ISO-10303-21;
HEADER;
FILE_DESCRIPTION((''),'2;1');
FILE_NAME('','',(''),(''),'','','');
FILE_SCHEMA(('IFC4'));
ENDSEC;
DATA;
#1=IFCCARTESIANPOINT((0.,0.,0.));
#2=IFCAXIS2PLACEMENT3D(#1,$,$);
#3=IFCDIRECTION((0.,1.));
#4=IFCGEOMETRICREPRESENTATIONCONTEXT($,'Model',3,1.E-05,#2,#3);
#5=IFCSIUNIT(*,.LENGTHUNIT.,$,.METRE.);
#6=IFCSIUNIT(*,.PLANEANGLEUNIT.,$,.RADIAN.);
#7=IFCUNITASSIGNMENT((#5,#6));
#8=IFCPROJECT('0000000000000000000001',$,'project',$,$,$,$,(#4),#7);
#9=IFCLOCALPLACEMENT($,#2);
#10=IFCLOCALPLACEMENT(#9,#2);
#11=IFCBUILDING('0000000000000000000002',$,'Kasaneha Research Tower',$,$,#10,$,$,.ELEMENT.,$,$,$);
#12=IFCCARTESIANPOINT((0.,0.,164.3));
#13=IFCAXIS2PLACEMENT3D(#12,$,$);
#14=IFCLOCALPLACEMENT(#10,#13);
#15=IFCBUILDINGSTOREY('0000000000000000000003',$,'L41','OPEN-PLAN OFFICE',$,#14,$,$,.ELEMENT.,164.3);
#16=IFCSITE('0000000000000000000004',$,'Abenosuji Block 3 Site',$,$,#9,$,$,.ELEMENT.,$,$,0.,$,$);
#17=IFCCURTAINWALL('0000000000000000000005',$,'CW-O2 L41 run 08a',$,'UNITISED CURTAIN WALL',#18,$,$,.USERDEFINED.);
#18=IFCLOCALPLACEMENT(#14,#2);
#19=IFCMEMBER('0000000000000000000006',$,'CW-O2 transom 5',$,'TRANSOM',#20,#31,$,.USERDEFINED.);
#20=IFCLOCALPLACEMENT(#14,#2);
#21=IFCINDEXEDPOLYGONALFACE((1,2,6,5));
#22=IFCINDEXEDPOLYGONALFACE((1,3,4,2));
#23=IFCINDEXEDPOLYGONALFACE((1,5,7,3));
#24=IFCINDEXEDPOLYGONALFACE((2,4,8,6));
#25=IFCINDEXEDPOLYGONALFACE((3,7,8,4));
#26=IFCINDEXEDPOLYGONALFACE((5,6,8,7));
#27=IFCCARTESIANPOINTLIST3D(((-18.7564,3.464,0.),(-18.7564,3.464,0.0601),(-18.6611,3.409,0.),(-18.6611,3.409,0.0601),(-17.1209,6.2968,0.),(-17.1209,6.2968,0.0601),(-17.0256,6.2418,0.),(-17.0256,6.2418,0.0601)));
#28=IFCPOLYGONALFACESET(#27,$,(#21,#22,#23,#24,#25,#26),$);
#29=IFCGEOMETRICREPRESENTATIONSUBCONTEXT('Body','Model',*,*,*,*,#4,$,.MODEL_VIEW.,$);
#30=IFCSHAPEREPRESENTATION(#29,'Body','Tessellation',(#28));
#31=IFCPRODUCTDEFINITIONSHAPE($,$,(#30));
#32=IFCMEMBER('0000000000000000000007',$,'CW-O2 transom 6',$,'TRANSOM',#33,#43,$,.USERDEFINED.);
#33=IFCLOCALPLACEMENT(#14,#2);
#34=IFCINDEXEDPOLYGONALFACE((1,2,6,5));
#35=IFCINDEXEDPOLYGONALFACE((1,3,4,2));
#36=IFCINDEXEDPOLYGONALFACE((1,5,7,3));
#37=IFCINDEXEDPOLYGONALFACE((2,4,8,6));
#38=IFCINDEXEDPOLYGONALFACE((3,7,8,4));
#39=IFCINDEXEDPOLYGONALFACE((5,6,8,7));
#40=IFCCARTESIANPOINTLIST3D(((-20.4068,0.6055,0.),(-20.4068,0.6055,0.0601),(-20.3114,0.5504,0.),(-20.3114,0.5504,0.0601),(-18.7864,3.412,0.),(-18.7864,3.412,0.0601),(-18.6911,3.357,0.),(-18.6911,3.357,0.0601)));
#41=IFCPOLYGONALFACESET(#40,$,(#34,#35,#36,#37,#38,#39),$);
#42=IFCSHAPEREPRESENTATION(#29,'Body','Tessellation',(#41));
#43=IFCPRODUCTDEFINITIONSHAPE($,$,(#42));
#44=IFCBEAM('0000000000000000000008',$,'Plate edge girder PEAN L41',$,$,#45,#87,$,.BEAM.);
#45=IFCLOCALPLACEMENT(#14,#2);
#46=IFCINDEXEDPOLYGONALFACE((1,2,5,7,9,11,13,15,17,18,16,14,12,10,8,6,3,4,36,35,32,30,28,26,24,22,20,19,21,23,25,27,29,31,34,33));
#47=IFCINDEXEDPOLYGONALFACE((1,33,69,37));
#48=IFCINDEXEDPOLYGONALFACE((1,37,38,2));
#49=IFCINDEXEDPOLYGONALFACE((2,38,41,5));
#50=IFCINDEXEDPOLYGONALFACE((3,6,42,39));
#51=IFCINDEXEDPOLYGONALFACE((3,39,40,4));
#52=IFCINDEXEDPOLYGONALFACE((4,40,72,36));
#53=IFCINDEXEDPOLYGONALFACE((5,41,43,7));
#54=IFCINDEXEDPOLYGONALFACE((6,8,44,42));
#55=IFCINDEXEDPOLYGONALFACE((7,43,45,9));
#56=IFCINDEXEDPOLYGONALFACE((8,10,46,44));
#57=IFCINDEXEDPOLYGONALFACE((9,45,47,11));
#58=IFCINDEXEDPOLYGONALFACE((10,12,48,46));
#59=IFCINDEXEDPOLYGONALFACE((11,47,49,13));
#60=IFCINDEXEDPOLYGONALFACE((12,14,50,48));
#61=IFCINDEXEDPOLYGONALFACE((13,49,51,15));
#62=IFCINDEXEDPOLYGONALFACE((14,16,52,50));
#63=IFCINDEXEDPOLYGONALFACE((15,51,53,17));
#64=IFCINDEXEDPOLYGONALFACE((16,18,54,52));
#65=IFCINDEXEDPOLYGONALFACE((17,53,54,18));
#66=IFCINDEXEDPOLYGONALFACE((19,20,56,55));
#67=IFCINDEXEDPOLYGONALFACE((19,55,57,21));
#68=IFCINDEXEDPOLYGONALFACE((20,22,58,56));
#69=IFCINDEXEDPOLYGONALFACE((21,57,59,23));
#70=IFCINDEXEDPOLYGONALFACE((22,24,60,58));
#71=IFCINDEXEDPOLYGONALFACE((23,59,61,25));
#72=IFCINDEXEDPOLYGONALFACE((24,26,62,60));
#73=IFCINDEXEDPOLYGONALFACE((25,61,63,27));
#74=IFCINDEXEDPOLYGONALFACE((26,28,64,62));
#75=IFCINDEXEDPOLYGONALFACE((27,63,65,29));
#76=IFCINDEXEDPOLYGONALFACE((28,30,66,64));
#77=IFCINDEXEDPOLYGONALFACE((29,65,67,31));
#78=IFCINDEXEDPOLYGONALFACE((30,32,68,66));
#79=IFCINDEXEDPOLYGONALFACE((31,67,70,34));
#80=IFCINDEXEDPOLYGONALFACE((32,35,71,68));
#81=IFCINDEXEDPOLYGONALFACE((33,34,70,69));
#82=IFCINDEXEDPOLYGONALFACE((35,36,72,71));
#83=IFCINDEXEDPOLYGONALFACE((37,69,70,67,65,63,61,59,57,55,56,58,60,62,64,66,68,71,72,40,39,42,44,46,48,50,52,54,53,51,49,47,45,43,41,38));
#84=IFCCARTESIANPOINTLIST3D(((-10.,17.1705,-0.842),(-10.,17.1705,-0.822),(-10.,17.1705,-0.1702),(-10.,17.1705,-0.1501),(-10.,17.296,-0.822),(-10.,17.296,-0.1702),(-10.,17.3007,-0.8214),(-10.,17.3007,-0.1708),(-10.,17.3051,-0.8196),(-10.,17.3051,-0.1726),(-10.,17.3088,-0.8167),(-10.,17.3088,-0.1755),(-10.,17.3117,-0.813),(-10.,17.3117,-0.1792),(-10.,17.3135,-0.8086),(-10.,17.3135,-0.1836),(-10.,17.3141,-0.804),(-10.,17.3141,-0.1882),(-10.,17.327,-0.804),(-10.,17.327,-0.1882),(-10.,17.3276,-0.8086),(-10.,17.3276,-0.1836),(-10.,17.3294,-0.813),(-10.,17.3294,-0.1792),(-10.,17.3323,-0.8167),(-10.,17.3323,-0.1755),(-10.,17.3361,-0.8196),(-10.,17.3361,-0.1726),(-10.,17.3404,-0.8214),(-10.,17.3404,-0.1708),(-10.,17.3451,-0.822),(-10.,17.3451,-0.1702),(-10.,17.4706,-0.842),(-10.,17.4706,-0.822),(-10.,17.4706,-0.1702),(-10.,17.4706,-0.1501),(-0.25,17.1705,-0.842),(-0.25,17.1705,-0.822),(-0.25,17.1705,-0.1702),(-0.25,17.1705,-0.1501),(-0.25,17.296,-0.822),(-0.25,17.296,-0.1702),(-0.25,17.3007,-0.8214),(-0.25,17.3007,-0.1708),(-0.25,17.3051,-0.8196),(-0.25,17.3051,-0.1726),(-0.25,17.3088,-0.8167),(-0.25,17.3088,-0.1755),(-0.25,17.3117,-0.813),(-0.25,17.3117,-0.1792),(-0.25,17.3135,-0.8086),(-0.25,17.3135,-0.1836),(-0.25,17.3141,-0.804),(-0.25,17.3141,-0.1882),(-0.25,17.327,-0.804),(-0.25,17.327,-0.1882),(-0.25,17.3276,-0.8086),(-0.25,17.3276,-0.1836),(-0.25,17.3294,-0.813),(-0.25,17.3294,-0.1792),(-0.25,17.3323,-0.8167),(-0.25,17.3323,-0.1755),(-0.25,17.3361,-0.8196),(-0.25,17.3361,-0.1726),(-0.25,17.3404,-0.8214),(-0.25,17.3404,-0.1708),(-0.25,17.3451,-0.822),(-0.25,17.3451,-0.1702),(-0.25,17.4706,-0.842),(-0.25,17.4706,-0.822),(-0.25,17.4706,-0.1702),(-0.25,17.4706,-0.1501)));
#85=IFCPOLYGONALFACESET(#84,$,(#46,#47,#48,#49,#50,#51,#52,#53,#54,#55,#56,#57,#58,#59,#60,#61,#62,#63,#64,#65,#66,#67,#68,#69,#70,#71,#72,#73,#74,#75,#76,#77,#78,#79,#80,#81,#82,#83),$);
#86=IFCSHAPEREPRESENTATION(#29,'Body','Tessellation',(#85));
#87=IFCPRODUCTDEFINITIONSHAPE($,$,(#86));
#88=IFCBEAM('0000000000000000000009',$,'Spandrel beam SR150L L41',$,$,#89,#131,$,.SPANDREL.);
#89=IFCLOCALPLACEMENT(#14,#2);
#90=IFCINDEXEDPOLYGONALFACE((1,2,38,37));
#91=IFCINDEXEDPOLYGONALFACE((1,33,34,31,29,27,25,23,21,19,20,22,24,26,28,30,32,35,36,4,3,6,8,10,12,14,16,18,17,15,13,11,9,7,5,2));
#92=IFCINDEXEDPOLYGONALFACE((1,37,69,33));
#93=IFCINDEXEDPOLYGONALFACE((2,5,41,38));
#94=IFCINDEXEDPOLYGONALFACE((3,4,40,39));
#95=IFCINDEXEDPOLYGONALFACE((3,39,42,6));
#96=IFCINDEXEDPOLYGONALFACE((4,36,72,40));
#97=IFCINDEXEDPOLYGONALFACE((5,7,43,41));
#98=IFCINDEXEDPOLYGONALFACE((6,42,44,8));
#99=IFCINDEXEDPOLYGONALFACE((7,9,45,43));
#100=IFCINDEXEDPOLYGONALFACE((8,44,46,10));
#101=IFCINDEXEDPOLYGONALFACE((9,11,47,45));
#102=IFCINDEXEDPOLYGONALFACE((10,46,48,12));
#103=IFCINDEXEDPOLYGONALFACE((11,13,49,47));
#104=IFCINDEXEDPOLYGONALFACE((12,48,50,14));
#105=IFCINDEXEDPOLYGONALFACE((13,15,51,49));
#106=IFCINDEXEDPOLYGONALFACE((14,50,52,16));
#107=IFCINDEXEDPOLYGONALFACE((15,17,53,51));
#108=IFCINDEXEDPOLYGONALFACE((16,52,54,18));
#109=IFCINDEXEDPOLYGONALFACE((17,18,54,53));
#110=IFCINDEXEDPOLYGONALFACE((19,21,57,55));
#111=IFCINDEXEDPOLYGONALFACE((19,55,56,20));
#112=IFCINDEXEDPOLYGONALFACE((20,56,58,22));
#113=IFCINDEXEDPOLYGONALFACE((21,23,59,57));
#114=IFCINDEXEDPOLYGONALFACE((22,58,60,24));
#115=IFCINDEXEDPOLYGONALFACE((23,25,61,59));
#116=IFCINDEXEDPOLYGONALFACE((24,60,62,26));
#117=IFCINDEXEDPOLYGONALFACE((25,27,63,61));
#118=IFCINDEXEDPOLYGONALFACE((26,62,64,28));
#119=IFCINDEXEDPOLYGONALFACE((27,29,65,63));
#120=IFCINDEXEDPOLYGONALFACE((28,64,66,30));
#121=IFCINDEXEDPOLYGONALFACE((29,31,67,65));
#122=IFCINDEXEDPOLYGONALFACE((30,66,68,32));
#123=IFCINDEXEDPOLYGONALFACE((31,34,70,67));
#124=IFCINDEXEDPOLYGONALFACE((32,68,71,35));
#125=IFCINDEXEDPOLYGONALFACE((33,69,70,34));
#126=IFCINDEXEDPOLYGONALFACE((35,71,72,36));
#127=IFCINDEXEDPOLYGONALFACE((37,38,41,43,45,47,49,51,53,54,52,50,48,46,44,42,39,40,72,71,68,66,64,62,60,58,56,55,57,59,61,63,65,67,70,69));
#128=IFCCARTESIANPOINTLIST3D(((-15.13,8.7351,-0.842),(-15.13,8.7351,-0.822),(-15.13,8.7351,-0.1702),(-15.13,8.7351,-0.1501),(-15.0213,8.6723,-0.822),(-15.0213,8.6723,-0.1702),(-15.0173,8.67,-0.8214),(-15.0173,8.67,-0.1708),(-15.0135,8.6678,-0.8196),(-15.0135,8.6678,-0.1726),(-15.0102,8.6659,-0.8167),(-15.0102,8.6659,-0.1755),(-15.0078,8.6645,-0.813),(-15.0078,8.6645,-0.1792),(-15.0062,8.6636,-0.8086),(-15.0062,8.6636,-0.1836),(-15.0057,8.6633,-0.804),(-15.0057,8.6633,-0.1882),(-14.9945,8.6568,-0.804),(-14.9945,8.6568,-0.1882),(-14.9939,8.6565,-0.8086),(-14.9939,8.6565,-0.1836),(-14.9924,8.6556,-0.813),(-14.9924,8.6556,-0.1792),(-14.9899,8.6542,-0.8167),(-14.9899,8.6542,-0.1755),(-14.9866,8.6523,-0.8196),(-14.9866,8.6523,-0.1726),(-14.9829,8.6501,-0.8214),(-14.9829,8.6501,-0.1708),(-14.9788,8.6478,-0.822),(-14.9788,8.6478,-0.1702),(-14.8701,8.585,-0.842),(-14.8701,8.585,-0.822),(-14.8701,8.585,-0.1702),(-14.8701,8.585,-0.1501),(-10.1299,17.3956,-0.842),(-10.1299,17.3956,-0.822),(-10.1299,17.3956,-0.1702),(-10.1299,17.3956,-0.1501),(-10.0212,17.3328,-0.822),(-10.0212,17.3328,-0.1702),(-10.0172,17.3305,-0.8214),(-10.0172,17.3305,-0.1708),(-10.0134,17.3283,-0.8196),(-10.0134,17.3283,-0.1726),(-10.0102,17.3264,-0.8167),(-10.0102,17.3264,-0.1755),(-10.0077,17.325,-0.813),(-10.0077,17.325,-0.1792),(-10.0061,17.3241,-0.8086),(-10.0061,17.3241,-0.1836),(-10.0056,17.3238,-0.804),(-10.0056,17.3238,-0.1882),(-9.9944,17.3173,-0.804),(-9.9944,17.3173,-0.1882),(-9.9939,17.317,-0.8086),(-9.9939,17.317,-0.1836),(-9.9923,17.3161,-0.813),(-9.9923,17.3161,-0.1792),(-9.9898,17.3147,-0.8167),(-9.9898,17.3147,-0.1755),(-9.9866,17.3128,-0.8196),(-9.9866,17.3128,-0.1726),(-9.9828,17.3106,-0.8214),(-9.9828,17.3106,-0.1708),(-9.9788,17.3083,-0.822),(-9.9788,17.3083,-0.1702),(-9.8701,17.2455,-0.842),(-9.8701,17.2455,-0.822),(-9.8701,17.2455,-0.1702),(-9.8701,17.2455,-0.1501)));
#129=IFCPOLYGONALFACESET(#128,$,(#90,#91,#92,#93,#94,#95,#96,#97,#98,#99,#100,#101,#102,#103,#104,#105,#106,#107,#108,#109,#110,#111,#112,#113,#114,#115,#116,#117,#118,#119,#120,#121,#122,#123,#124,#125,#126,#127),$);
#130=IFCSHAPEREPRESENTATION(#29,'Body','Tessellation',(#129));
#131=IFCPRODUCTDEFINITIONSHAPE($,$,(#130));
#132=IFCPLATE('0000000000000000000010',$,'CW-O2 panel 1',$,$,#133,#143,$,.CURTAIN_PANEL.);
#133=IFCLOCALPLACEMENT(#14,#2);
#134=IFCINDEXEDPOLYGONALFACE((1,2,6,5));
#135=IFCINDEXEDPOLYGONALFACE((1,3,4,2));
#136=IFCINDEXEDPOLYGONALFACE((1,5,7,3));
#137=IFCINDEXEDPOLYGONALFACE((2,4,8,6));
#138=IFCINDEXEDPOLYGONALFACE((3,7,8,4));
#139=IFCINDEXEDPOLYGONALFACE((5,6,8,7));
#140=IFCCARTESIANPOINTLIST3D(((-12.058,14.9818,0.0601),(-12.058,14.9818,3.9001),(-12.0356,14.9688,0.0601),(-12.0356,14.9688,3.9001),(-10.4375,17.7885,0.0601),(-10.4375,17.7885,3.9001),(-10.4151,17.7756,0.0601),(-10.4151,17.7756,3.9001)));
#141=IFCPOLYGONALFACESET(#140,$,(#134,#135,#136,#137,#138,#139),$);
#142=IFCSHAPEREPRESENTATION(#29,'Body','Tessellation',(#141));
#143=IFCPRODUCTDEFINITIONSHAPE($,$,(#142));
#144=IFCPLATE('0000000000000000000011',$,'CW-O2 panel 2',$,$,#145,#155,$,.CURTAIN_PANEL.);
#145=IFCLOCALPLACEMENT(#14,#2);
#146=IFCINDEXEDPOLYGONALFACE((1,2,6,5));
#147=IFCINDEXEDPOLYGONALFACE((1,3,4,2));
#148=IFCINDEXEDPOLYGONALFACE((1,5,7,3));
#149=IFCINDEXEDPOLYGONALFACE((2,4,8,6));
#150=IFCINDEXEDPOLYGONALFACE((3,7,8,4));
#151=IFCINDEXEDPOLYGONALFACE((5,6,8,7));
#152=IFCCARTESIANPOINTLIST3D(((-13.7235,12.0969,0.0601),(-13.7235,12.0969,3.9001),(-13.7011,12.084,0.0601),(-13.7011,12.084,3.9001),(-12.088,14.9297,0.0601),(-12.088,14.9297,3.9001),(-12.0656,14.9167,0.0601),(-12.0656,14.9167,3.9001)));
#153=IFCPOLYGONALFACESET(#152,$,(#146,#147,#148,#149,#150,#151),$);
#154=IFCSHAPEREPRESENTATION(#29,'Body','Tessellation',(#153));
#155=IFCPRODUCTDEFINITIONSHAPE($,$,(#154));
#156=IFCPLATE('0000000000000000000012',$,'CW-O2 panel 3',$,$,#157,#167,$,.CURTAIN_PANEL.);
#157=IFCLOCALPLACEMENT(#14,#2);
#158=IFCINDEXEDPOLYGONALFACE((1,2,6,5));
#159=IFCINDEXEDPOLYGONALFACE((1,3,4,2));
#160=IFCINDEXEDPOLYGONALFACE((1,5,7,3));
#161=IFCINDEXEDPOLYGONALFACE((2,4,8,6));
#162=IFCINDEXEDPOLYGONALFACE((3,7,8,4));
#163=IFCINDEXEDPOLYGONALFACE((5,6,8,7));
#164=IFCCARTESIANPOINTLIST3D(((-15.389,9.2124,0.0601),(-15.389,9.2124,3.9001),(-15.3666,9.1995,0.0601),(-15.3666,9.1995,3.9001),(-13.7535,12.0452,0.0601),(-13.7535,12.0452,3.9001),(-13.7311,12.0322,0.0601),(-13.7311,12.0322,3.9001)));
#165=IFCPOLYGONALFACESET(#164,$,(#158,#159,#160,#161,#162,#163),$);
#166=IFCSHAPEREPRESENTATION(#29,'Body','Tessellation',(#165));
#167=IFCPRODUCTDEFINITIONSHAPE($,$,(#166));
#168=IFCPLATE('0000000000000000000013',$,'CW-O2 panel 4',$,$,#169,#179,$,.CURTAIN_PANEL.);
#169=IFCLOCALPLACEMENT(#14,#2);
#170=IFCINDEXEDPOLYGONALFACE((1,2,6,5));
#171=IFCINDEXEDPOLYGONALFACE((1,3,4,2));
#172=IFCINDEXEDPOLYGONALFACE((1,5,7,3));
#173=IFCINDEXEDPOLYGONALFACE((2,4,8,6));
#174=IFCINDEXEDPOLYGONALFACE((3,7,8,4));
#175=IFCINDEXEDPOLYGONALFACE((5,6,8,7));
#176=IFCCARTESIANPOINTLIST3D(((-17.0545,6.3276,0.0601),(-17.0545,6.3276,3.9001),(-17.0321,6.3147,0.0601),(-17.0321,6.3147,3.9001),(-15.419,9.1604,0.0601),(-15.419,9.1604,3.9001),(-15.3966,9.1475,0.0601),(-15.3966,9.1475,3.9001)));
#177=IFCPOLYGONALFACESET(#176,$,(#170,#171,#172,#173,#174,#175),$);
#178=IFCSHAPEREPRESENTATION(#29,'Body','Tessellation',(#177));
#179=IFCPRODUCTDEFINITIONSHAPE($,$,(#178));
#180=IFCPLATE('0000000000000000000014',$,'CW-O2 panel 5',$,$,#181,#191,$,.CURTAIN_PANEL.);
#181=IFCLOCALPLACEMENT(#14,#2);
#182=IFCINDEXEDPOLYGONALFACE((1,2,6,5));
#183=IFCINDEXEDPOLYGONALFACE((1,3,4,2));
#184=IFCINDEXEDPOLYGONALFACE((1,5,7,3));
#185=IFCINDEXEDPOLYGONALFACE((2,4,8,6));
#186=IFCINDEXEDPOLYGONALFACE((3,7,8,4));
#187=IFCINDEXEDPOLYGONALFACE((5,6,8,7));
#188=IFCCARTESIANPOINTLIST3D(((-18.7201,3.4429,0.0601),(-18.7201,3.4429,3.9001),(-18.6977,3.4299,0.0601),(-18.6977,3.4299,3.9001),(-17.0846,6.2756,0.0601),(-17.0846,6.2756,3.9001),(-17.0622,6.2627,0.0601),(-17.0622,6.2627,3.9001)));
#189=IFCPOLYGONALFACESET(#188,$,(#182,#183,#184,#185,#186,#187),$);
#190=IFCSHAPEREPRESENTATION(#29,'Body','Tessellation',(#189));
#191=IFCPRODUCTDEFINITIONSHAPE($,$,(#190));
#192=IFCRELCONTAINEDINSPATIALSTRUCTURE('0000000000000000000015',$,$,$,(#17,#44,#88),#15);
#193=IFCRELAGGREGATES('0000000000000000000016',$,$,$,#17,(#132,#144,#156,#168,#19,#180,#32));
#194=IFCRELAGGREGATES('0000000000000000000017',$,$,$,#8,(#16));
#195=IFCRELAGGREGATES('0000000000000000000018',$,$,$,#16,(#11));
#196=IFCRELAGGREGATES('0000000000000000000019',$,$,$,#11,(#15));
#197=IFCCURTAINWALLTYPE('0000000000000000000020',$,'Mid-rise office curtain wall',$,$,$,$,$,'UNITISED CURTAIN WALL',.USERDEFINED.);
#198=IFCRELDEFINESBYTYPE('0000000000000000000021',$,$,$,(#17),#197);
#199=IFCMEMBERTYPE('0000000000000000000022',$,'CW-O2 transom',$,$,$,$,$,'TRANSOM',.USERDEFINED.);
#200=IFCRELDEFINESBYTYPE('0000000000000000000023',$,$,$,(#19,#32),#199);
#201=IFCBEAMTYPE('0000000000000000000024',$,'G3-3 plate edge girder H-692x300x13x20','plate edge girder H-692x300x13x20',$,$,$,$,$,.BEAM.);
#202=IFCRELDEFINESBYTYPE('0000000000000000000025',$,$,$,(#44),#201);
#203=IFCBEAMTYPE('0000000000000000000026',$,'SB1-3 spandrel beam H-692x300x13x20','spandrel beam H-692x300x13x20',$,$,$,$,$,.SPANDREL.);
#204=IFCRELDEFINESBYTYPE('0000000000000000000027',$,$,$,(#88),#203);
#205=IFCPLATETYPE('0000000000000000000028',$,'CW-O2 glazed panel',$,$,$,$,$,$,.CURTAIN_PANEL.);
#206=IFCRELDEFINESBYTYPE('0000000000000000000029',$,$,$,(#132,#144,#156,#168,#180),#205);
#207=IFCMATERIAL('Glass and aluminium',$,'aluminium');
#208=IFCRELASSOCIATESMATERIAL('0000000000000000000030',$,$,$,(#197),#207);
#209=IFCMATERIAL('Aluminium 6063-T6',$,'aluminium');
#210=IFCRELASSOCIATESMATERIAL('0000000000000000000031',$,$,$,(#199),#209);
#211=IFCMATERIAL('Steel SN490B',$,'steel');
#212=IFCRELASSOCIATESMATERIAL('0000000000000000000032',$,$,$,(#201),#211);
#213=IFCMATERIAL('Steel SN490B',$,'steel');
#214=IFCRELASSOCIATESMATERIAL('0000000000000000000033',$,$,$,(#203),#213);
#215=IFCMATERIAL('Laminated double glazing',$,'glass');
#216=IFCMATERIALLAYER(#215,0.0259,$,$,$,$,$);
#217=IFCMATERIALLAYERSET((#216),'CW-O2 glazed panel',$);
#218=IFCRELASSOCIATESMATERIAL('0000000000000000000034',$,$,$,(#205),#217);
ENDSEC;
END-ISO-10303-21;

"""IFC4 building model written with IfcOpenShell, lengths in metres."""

from ifc_helpers import new_model, si_unit, direction, frame, origin, origin_2d, place, context, subcontext, project, spatial, rectangle, i_section, extrude, material, layer, layer_set, material_profile, profile_set, type_object, element, aggregate, save


model = new_model("IFC4")

# Units and contexts
model_context = context("Model", 3, precision=1e-05, world=origin(), true_north=direction((0.0, 1.0)))
body_context = subcontext(model_context, "Body", "Model", "MODEL_VIEW")
ifc_project = project(units=[si_unit("LENGTHUNIT", "METRE"), si_unit("PLANEANGLEUNIT", "RADIAN")], contexts=[model_context])

# Site, building, storey
site_placement = place(None, origin())
site = spatial("IfcSite", under=ifc_project, at=site_placement, Name="Abenosuji Block 3 Site", CompositionType="ELEMENT", RefElevation=0.0)
building_placement = place(site_placement, origin())
building = spatial("IfcBuilding", under=site, at=building_placement, Name="Kasaneha Research Tower", CompositionType="ELEMENT")
storey_placement = place(building_placement, frame((0.0, 0.0, 164.3)))
storey = spatial("IfcBuildingStorey", under=building, at=storey_placement, Name="L41", Description="OPEN-PLAN OFFICE", CompositionType="ELEMENT", Elevation=164.3)

# Shared definitions
ifc_material_1 = material(Name="Glass and aluminium", Category="aluminium")
curtain_wall_type = type_object("IfcCurtainWallType", Name="Mid-rise office curtain wall", ElementType="UNITISED CURTAIN WALL", PredefinedType="USERDEFINED", material=ifc_material_1)

# Curtain wall, members
curtain_wall_1_placement = place(storey_placement, origin())
curtain_wall_1 = element("IfcCurtainWall", 1, at=curtain_wall_1_placement, inside=storey, type_object=curtain_wall_type, Name="CW-O2 L41 run 08a", ObjectType="UNITISED CURTAIN WALL", PredefinedType="USERDEFINED")
ifc_material_2 = material(Name="Aluminium 6063-T6", Category="aluminium")
ifc_material_profile_1 = material_profile(ifc_material_2, rectangle(XDim=0.1101, YDim=0.0601, at=origin_2d()), Name="CW-O2 transom 110x60")
ifc_profile_set_1 = profile_set([ifc_material_profile_1], Name="Aluminium 6063-T6")
member_type_1 = type_object("IfcMemberType", Name="CW-O2 transom", ElementType="TRANSOM", PredefinedType="USERDEFINED", material=ifc_profile_set_1)
member_1_placement = place(storey_placement, frame((-17.0732, 6.2693, 0.03), z_axis=(-0.5, -0.866025, 0.0), x_axis=(0.866025, -0.5, 0.0)))
member_1 = element("IfcMember", 2, at=member_1_placement, type_object=member_type_1, Name="CW-O2 transom 5", ObjectType="TRANSOM", PredefinedType="USERDEFINED", context=body_context, shape_type="SweptSolid", body=[
    extrude(rectangle(XDim=0.1101, YDim=0.0601, at=origin_2d()), origin(), (0.0, 0.0, 1.0), 3.271),
])
member_2_placement = place(storey_placement, frame((-18.7388, 3.3845, 0.03), z_axis=(-0.499988, -0.866033, 0.0), x_axis=(0.866033, -0.499988, 0.0)))
member_2 = element("IfcMember", 3, at=member_2_placement, type_object=member_type_1, Name="CW-O2 transom 6", ObjectType="TRANSOM", PredefinedType="USERDEFINED", context=body_context, shape_type="SweptSolid", body=[
    extrude(rectangle(XDim=0.1101, YDim=0.0601, at=origin_2d()), origin(), (0.0, 0.0, 1.0), 3.2407),
])

# Beams
ifc_material_3 = material(Name="Steel SN490B", Category="steel")
ifc_material_profile_2 = material_profile(ifc_material_3, i_section(OverallWidth=0.3, OverallDepth=0.6919, WebThickness=0.0129, FlangeThickness=0.02, FilletRadius=0.0181, at=origin_2d()), Name="H-692x300x13x20")
ifc_profile_set_2 = profile_set([ifc_material_profile_2], Name="Steel SN490B")
beam_type_1 = type_object("IfcBeamType", Name="G3-3 plate edge girder H-692x300x13x20", Description="plate edge girder H-692x300x13x20", PredefinedType="BEAM", material=ifc_profile_set_2)
beam_1_placement = place(storey_placement, frame((-10.0, 17.3206, -0.4961), z_axis=(1.0, 0.0, 0.0), x_axis=(0.0, 1.0, 0.0)))
element("IfcBeam", 4, at=beam_1_placement, inside=storey, type_object=beam_type_1, Name="Plate edge girder PEAN L41", PredefinedType="BEAM", context=body_context, shape_type="SweptSolid", body=[
    extrude(i_section(OverallWidth=0.3, OverallDepth=0.6919, WebThickness=0.0129, FlangeThickness=0.02, FilletRadius=0.0181, at=origin_2d()), origin(), (0.0, 0.0, 1.0), 9.75),
])
ifc_material_4 = material(Name="Steel SN490B", Category="steel")
ifc_material_profile_3 = material_profile(ifc_material_4, i_section(OverallWidth=0.3, OverallDepth=0.6919, WebThickness=0.0129, FlangeThickness=0.02, FilletRadius=0.0181, at=origin_2d()), Name="H-692x300x13x20")
ifc_profile_set_3 = profile_set([ifc_material_profile_3], Name="Steel SN490B")
beam_type_2 = type_object("IfcBeamType", Name="SB1-3 spandrel beam H-692x300x13x20", Description="spandrel beam H-692x300x13x20", PredefinedType="SPANDREL", material=ifc_profile_set_3)
beam_2_placement = place(storey_placement, frame((-10.0, 17.3206, -0.4961), z_axis=(-0.499994, -0.866029, 0.0), x_axis=(0.866029, -0.499994, 0.0)))
element("IfcBeam", 5, at=beam_2_placement, inside=storey, type_object=beam_type_2, Name="Spandrel beam SR150L L41", PredefinedType="SPANDREL", context=body_context, shape_type="SweptSolid", body=[
    extrude(i_section(OverallWidth=0.3, OverallDepth=0.6919, WebThickness=0.0129, FlangeThickness=0.02, FilletRadius=0.0181, at=origin_2d()), origin(), (0.0, 0.0, 1.0), 10.0002),
])

# Plates
ifc_material_5 = material(Name="Laminated double glazing", Category="glass")
ifc_layer_1 = layer(ifc_material_5, 0.0259)
ifc_layer_set_1 = layer_set([ifc_layer_1], Name="CW-O2 glazed panel")
plate_type = type_object("IfcPlateType", Name="CW-O2 glazed panel", PredefinedType="CURTAIN_PANEL", material=ifc_layer_set_1)
plate_1_placement = place(storey_placement, frame((-11.2366, 16.3787, 0.0601), z_axis=(0.0, 0.0, 1.0), x_axis=(-0.5, -0.866025, 0.0)))
plate_1 = element("IfcPlate", 6, at=plate_1_placement, type_object=plate_type, Name="CW-O2 panel 1", PredefinedType="CURTAIN_PANEL", context=body_context, shape_type="SweptSolid", body=[
    extrude(rectangle(XDim=3.241, YDim=0.0259, at=origin_2d()), origin(), (0.0, 0.0, 1.0), 3.8401),
])
plate_2_placement = place(storey_placement, frame((-12.8945, 13.5068, 0.0601), z_axis=(0.0, 0.0, 1.0), x_axis=(-0.5, -0.866025, 0.0)))
plate_2 = element("IfcPlate", 7, at=plate_2_placement, type_object=plate_type, Name="CW-O2 panel 2", PredefinedType="CURTAIN_PANEL", context=body_context, shape_type="SweptSolid", body=[
    extrude(rectangle(XDim=3.271, YDim=0.0259, at=origin_2d()), origin(), (0.0, 0.0, 1.0), 3.8401),
])
plate_3_placement = place(storey_placement, frame((-14.5601, 10.6223, 0.0601), z_axis=(0.0, 0.0, 1.0), x_axis=(-0.5, -0.866025, 0.0)))
plate_3 = element("IfcPlate", 8, at=plate_3_placement, type_object=plate_type, Name="CW-O2 panel 3", PredefinedType="CURTAIN_PANEL", context=body_context, shape_type="SweptSolid", body=[
    extrude(rectangle(XDim=3.271, YDim=0.0259, at=origin_2d()), origin(), (0.0, 0.0, 1.0), 3.8401),
])
plate_4_placement = place(storey_placement, frame((-16.2256, 7.7375, 0.0601), z_axis=(0.0, 0.0, 1.0), x_axis=(-0.5, -0.866025, 0.0)))
plate_4 = element("IfcPlate", 9, at=plate_4_placement, type_object=plate_type, Name="CW-O2 panel 4", PredefinedType="CURTAIN_PANEL", context=body_context, shape_type="SweptSolid", body=[
    extrude(rectangle(XDim=3.271, YDim=0.0259, at=origin_2d()), origin(), (0.0, 0.0, 1.0), 3.8401),
])
plate_5_placement = place(storey_placement, frame((-17.8911, 4.8528, 0.0601), z_axis=(0.0, 0.0, 1.0), x_axis=(-0.5, -0.866025, 0.0)))
plate_5 = element("IfcPlate", 10, at=plate_5_placement, type_object=plate_type, Name="CW-O2 panel 5", PredefinedType="CURTAIN_PANEL", context=body_context, shape_type="SweptSolid", body=[
    extrude(rectangle(XDim=3.271, YDim=0.0259, at=origin_2d()), origin(), (0.0, 0.0, 1.0), 3.8401),
])
aggregate(curtain_wall_1, [plate_1, plate_2, plate_3, plate_4, member_1, plate_5, member_2])

save(model, "model.ifc")
